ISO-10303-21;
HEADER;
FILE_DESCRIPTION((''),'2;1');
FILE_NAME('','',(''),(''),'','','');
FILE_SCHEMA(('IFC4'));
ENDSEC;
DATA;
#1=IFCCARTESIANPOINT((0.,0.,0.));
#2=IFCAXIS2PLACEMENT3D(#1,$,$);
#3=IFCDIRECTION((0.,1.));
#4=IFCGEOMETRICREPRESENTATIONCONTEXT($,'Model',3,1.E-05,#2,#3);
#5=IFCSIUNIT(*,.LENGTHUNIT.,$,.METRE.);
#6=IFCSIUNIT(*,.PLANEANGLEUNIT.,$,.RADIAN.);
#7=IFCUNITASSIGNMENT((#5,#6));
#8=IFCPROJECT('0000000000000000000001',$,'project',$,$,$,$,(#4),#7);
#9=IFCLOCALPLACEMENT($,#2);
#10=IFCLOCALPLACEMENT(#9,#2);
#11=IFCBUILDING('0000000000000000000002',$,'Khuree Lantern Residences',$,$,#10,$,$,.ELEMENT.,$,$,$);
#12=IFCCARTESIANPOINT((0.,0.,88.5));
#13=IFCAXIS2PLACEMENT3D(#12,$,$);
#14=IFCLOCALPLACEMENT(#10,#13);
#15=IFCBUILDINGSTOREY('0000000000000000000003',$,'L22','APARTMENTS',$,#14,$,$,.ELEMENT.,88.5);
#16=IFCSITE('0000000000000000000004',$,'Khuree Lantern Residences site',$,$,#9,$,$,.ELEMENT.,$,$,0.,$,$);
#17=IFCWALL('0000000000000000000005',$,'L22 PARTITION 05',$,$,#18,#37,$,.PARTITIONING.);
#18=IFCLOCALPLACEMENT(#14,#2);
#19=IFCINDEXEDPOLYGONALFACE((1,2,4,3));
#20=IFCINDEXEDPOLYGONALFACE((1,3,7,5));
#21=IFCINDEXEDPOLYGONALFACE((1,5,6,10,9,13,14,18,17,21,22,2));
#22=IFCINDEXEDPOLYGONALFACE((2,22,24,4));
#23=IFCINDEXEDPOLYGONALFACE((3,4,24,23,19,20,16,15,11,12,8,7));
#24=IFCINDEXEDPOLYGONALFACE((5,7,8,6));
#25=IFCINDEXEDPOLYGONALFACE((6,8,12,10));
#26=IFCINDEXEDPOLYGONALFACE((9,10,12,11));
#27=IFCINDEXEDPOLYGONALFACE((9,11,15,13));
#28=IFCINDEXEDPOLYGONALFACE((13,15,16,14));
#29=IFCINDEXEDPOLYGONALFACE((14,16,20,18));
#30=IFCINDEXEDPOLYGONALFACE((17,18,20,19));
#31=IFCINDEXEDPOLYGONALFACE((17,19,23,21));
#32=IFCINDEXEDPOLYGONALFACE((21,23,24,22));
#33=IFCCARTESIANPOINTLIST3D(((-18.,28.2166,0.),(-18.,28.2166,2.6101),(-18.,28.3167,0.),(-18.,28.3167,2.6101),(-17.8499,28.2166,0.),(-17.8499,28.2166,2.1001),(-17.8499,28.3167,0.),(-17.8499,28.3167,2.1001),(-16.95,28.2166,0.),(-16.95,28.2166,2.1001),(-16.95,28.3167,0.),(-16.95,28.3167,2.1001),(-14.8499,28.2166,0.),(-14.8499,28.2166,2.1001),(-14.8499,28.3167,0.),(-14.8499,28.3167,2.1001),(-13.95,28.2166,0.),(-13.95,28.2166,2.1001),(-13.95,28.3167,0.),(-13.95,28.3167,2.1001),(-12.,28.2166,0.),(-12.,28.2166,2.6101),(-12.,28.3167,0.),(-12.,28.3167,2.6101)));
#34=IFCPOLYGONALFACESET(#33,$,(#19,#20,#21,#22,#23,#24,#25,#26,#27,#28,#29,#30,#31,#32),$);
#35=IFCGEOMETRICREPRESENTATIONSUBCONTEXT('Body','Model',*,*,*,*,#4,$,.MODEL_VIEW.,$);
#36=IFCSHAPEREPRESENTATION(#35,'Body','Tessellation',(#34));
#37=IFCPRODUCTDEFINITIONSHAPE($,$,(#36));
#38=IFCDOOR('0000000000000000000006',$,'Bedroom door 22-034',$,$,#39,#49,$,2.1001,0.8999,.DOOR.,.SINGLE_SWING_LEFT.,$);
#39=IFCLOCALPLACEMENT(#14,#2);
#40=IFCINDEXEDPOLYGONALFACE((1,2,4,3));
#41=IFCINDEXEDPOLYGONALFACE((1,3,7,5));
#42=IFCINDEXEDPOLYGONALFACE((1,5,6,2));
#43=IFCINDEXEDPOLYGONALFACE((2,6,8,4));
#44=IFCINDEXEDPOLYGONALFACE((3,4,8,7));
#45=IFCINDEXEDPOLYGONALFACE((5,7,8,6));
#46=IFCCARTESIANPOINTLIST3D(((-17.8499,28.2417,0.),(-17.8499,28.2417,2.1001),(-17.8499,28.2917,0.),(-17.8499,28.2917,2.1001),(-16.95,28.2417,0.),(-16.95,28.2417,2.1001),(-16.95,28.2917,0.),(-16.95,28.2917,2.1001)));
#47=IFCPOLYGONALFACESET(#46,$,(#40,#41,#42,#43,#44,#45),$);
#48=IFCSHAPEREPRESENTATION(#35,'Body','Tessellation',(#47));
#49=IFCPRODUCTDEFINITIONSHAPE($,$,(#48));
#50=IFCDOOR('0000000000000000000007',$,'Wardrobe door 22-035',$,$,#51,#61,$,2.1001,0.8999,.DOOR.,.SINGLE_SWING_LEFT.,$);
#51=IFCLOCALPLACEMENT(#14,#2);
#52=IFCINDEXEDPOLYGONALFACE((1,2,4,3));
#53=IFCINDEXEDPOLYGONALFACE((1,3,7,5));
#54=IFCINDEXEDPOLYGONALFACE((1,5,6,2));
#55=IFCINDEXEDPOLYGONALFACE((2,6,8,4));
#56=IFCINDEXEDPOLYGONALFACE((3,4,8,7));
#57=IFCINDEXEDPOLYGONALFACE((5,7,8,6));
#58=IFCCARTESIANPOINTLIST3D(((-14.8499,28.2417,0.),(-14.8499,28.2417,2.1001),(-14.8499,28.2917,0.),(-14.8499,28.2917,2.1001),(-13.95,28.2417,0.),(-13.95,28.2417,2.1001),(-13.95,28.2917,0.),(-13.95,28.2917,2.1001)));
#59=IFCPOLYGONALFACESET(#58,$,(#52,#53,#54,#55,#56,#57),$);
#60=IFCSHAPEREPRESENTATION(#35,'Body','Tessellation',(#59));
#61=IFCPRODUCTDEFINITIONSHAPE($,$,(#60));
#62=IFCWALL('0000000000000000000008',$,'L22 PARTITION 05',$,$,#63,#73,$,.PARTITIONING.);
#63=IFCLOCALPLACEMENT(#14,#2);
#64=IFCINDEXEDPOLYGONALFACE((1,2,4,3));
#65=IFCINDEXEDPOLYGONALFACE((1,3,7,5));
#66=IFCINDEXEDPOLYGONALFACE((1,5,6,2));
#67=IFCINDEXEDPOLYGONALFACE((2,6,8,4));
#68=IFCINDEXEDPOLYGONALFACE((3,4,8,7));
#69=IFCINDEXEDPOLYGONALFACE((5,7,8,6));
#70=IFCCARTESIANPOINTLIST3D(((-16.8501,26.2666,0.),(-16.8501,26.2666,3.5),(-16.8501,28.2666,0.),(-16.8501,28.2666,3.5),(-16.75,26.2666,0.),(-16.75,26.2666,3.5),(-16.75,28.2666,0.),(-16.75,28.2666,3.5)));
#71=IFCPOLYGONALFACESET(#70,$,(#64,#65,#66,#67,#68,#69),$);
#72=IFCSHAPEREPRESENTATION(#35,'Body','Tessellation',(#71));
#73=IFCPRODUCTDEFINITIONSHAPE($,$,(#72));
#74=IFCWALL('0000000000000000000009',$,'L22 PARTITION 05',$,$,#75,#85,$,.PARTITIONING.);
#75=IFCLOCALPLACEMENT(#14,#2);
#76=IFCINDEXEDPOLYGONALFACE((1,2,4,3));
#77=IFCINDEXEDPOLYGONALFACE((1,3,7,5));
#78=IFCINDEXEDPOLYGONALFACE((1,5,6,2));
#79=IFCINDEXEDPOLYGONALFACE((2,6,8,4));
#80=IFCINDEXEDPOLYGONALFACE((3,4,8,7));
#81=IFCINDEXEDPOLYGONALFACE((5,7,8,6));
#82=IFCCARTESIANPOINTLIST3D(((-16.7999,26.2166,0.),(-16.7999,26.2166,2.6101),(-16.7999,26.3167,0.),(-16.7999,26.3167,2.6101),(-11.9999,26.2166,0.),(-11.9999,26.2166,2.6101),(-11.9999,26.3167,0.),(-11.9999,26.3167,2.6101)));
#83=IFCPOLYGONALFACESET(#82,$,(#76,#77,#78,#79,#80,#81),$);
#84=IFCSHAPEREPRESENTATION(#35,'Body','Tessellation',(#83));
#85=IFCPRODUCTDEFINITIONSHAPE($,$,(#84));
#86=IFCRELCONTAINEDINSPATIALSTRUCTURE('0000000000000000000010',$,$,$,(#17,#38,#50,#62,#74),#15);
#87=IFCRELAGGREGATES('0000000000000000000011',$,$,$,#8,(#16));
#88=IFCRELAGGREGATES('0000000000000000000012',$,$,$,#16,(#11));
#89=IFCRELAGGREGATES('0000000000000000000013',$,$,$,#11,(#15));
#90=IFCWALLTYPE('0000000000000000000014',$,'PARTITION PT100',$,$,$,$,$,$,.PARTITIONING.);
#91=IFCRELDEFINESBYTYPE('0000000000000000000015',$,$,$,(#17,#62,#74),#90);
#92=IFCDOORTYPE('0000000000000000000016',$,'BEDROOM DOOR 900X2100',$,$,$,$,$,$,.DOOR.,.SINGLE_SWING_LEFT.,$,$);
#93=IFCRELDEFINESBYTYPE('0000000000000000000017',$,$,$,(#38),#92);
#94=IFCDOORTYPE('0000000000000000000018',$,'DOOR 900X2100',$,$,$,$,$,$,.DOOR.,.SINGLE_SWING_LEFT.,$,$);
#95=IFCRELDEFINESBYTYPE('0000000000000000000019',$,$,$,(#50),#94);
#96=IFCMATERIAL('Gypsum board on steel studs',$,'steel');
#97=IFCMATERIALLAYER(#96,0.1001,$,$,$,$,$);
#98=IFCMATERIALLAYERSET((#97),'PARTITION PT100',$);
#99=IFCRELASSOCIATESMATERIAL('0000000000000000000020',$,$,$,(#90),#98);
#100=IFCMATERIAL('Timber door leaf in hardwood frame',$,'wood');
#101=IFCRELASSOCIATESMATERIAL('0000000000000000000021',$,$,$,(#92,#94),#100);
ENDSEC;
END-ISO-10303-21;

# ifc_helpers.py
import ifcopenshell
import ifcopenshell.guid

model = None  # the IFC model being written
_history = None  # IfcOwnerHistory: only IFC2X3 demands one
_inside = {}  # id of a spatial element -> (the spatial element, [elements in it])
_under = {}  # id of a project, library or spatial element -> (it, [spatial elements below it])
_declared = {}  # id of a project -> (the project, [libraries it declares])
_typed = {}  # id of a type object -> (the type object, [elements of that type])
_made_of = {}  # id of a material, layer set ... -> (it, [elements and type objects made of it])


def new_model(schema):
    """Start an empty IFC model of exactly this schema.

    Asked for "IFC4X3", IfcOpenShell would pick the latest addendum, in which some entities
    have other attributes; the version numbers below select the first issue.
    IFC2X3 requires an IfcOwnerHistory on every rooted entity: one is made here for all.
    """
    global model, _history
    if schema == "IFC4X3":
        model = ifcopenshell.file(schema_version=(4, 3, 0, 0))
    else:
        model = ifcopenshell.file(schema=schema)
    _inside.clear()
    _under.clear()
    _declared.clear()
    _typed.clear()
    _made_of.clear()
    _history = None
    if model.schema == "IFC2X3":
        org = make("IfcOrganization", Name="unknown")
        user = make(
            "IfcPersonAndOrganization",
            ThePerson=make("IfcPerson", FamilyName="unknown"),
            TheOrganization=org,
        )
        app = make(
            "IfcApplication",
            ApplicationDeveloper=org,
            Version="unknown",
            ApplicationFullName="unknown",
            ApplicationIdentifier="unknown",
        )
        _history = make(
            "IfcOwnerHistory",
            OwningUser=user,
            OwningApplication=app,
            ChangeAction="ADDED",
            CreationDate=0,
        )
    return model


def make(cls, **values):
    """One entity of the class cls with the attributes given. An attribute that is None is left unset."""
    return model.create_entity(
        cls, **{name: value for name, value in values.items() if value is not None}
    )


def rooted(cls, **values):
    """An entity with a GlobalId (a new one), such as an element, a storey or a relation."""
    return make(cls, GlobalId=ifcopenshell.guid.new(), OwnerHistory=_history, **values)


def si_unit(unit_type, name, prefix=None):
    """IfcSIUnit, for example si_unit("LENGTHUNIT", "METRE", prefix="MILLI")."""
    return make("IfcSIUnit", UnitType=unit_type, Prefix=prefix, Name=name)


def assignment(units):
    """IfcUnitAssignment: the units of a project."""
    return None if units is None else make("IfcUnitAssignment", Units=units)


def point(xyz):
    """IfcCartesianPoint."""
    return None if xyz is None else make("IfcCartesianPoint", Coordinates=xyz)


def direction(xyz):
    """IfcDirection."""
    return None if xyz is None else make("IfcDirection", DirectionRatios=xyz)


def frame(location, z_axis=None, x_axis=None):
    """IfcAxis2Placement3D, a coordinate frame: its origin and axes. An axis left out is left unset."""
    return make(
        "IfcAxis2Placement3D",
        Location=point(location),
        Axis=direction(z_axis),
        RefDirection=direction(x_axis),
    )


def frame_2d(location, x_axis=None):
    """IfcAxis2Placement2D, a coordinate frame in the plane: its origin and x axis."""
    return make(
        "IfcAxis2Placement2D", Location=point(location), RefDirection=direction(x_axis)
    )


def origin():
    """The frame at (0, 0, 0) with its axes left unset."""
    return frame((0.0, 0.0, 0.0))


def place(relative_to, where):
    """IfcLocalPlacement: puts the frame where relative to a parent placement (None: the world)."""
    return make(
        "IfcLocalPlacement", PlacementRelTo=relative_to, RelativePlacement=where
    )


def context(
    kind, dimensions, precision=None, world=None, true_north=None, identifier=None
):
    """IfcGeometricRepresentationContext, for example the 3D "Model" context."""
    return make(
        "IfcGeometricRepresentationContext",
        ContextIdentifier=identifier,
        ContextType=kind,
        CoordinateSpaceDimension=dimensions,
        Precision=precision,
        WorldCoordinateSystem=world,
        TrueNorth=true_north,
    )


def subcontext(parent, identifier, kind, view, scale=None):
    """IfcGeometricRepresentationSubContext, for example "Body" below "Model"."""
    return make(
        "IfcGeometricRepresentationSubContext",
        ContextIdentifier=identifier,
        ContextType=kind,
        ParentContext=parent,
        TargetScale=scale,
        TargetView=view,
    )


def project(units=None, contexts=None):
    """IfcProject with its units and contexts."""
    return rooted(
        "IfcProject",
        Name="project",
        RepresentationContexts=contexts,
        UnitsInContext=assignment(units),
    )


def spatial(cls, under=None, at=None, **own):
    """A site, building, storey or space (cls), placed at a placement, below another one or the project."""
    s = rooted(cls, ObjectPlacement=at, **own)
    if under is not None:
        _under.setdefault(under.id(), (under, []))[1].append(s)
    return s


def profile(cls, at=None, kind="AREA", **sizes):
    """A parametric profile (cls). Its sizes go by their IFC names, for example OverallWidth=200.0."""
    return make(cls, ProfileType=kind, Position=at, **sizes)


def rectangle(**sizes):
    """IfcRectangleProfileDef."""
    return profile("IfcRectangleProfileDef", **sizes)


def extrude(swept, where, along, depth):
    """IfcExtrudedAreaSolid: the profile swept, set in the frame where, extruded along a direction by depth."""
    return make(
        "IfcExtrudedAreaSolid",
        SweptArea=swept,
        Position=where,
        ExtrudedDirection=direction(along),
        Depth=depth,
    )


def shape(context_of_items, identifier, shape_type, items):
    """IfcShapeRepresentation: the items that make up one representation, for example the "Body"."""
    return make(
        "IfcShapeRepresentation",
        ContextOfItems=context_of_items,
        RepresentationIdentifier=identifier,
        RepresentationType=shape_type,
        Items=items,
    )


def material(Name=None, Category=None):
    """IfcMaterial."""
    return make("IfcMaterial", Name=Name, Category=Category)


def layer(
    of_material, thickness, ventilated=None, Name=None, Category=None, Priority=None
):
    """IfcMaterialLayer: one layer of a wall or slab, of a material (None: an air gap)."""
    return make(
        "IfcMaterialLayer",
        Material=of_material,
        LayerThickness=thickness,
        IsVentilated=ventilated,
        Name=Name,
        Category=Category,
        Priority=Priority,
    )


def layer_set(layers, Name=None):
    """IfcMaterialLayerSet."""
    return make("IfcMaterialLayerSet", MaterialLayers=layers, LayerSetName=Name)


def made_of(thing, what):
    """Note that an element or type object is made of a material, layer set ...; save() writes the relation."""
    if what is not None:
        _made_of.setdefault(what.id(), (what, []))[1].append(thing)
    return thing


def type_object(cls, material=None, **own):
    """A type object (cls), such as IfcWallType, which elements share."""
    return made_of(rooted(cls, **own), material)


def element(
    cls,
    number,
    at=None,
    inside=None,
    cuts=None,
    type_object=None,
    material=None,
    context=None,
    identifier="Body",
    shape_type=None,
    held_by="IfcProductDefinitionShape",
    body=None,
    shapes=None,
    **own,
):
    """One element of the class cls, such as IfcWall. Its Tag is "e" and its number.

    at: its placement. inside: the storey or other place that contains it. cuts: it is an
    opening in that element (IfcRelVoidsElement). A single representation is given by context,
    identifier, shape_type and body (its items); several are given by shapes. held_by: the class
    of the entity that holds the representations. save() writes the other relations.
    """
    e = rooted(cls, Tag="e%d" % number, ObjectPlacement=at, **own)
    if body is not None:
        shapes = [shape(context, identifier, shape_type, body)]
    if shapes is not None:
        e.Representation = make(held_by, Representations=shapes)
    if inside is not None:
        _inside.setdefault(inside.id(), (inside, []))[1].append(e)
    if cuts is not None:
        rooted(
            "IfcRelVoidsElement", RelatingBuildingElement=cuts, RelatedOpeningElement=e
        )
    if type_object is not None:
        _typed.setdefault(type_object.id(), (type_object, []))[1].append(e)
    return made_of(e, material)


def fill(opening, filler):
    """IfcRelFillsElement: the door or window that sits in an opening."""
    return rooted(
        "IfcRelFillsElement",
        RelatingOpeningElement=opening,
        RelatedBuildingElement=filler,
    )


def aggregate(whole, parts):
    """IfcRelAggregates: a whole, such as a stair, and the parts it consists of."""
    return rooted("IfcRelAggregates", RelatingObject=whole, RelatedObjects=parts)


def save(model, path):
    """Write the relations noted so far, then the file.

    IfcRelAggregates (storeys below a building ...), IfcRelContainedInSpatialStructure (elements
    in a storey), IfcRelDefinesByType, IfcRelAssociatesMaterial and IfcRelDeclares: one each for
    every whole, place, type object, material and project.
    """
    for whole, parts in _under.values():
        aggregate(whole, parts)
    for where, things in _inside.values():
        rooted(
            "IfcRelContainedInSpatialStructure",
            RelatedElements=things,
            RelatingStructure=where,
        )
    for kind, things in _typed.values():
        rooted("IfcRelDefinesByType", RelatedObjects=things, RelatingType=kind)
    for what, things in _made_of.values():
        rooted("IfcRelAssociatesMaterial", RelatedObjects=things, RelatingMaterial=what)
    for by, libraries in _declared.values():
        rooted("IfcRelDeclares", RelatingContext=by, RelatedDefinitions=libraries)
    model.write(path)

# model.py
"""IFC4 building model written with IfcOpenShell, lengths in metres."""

from ifc_helpers import new_model, si_unit, direction, frame, frame_2d, origin, place, context, subcontext, project, spatial, rectangle, extrude, material, layer, layer_set, type_object, element, fill, save


model = new_model("IFC4")

# Units and contexts
model_context = context("Model", 3, precision=1e-05, world=origin(), true_north=direction((0.0, 1.0)))
body_context = subcontext(model_context, "Body", "Model", "MODEL_VIEW")
ifc_project = project(units=[si_unit("LENGTHUNIT", "METRE"), si_unit("PLANEANGLEUNIT", "RADIAN")], contexts=[model_context])

# Site, building, storey
site_placement = place(None, origin())
site = spatial("IfcSite", under=ifc_project, at=site_placement, Name="Khuree Lantern Residences site", CompositionType="ELEMENT", RefElevation=0.0)
building_placement = place(site_placement, origin())
building = spatial("IfcBuilding", under=site, at=building_placement, Name="Khuree Lantern Residences", CompositionType="ELEMENT")
storey_placement = place(building_placement, frame((0.0, 0.0, 88.5)))
storey = spatial("IfcBuildingStorey", under=building, at=storey_placement, Name="L22", Description="APARTMENTS", CompositionType="ELEMENT", Elevation=88.5)

# Shared definitions
ifc_material_1 = material(Name="Timber door leaf in hardwood frame", Category="wood")

# Shared definitions
ifc_material_2 = material(Name="Gypsum board on steel studs", Category="steel")
ifc_layer_1 = layer(ifc_material_2, 0.1001)
ifc_layer_set_1 = layer_set([ifc_layer_1], Name="PARTITION PT100")
wall_type_1 = type_object("IfcWallType", Name="PARTITION PT100", PredefinedType="PARTITIONING", material=ifc_layer_set_1)

# Shared definitions
door_type_1 = type_object("IfcDoorType", Name="BEDROOM DOOR 900X2100", OperationType="SINGLE_SWING_LEFT", PredefinedType="DOOR", material=ifc_material_1)

# Wall, openings, doors
wall_1_placement = place(storey_placement, frame((-12.0, 28.2666, 0.0), z_axis=(0.0, 0.0, 1.0), x_axis=(-1.0, 0.0, 0.0)))
wall_1 = element("IfcWall", 1, at=wall_1_placement, inside=storey, type_object=wall_type_1, Name="L22 PARTITION 05", PredefinedType="PARTITIONING", context=body_context, shape_type="SweptSolid", body=[
    extrude(rectangle(XDim=6.0, YDim=0.1001, at=frame_2d((3.0, 0.0))), origin(), (0.0, 0.0, 1.0), 2.6101),
])
opening_1_placement = place(wall_1_placement, frame((4.95, 0.0, 0.0)))
opening_1 = element("IfcOpeningElement", 2, at=opening_1_placement, cuts=wall_1, PredefinedType="OPENING", context=body_context, shape_type="SweptSolid", body=[
    extrude(rectangle(XDim=0.8999, YDim=2.1001, at=frame_2d((0.45, 1.05))), frame((0.0, 0.0601, 0.0), z_axis=(0.0, -1.0, 0.0), x_axis=(1.0, 0.0, 0.0)), (0.0, 0.0, 1.0), 0.1201),
])
opening_2_placement = place(wall_1_placement, frame((1.95, 0.0, 0.0)))
opening_2 = element("IfcOpeningElement", 3, at=opening_2_placement, cuts=wall_1, PredefinedType="OPENING", context=body_context, shape_type="SweptSolid", body=[
    extrude(rectangle(XDim=0.8999, YDim=2.1001, at=frame_2d((0.45, 1.05))), frame((0.0, 0.0601, 0.0), z_axis=(0.0, -1.0, 0.0), x_axis=(1.0, 0.0, 0.0)), (0.0, 0.0, 1.0), 0.1201),
])
door_1_placement = place(opening_1_placement, origin())
door_1 = element("IfcDoor", 4, at=door_1_placement, inside=storey, type_object=door_type_1, Name="Bedroom door 22-034", OperationType="SINGLE_SWING_LEFT", OverallHeight=2.1001, OverallWidth=0.8999, PredefinedType="DOOR", context=body_context, shape_type="SweptSolid", body=[
    extrude(rectangle(XDim=0.8999, YDim=2.1001, at=frame_2d((0.45, 1.05))), frame((0.0, 0.0249, 0.0), z_axis=(0.0, -1.0, 0.0), x_axis=(1.0, 0.0, 0.0)), (0.0, 0.0, 1.0), 0.05),
])
fill(opening_1, door_1)
door_type_2 = type_object("IfcDoorType", Name="DOOR 900X2100", OperationType="SINGLE_SWING_LEFT", PredefinedType="DOOR", material=ifc_material_1)
door_2_placement = place(opening_2_placement, origin())
door_2 = element("IfcDoor", 5, at=door_2_placement, inside=storey, type_object=door_type_2, Name="Wardrobe door 22-035", OperationType="SINGLE_SWING_LEFT", OverallHeight=2.1001, OverallWidth=0.8999, PredefinedType="DOOR", context=body_context, shape_type="SweptSolid", body=[
    extrude(rectangle(XDim=0.8999, YDim=2.1001, at=frame_2d((0.45, 1.05))), frame((0.0, 0.0249, 0.0), z_axis=(0.0, -1.0, 0.0), x_axis=(1.0, 0.0, 0.0)), (0.0, 0.0, 1.0), 0.05),
])
fill(opening_2, door_2)

# Walls
wall_2_placement = place(storey_placement, frame((-16.8, 26.2666, 0.0), z_axis=(0.0, 0.0, 1.0), x_axis=(0.0, 1.0, 0.0)))
element("IfcWall", 6, at=wall_2_placement, inside=storey, type_object=wall_type_1, Name="L22 PARTITION 05", PredefinedType="PARTITIONING", context=body_context, shape_type="SweptSolid", body=[
    extrude(rectangle(XDim=2.0, YDim=0.1001, at=frame_2d((1.0, 0.0))), origin(), (0.0, 0.0, 1.0), 3.5),
])
wall_3_placement = place(storey_placement, frame((-12.0, 26.2666, 0.0), z_axis=(0.0, 0.0, 1.0), x_axis=(-1.0, 0.0, 0.0)))
element("IfcWall", 7, at=wall_3_placement, inside=storey, type_object=wall_type_1, Name="L22 PARTITION 05", PredefinedType="PARTITIONING", context=body_context, shape_type="SweptSolid", body=[
    extrude(rectangle(XDim=4.8, YDim=0.1001, at=frame_2d((2.3999, 0.0))), origin(), (0.0, 0.0, 1.0), 2.6101),
])

save(model, "model.ifc")
